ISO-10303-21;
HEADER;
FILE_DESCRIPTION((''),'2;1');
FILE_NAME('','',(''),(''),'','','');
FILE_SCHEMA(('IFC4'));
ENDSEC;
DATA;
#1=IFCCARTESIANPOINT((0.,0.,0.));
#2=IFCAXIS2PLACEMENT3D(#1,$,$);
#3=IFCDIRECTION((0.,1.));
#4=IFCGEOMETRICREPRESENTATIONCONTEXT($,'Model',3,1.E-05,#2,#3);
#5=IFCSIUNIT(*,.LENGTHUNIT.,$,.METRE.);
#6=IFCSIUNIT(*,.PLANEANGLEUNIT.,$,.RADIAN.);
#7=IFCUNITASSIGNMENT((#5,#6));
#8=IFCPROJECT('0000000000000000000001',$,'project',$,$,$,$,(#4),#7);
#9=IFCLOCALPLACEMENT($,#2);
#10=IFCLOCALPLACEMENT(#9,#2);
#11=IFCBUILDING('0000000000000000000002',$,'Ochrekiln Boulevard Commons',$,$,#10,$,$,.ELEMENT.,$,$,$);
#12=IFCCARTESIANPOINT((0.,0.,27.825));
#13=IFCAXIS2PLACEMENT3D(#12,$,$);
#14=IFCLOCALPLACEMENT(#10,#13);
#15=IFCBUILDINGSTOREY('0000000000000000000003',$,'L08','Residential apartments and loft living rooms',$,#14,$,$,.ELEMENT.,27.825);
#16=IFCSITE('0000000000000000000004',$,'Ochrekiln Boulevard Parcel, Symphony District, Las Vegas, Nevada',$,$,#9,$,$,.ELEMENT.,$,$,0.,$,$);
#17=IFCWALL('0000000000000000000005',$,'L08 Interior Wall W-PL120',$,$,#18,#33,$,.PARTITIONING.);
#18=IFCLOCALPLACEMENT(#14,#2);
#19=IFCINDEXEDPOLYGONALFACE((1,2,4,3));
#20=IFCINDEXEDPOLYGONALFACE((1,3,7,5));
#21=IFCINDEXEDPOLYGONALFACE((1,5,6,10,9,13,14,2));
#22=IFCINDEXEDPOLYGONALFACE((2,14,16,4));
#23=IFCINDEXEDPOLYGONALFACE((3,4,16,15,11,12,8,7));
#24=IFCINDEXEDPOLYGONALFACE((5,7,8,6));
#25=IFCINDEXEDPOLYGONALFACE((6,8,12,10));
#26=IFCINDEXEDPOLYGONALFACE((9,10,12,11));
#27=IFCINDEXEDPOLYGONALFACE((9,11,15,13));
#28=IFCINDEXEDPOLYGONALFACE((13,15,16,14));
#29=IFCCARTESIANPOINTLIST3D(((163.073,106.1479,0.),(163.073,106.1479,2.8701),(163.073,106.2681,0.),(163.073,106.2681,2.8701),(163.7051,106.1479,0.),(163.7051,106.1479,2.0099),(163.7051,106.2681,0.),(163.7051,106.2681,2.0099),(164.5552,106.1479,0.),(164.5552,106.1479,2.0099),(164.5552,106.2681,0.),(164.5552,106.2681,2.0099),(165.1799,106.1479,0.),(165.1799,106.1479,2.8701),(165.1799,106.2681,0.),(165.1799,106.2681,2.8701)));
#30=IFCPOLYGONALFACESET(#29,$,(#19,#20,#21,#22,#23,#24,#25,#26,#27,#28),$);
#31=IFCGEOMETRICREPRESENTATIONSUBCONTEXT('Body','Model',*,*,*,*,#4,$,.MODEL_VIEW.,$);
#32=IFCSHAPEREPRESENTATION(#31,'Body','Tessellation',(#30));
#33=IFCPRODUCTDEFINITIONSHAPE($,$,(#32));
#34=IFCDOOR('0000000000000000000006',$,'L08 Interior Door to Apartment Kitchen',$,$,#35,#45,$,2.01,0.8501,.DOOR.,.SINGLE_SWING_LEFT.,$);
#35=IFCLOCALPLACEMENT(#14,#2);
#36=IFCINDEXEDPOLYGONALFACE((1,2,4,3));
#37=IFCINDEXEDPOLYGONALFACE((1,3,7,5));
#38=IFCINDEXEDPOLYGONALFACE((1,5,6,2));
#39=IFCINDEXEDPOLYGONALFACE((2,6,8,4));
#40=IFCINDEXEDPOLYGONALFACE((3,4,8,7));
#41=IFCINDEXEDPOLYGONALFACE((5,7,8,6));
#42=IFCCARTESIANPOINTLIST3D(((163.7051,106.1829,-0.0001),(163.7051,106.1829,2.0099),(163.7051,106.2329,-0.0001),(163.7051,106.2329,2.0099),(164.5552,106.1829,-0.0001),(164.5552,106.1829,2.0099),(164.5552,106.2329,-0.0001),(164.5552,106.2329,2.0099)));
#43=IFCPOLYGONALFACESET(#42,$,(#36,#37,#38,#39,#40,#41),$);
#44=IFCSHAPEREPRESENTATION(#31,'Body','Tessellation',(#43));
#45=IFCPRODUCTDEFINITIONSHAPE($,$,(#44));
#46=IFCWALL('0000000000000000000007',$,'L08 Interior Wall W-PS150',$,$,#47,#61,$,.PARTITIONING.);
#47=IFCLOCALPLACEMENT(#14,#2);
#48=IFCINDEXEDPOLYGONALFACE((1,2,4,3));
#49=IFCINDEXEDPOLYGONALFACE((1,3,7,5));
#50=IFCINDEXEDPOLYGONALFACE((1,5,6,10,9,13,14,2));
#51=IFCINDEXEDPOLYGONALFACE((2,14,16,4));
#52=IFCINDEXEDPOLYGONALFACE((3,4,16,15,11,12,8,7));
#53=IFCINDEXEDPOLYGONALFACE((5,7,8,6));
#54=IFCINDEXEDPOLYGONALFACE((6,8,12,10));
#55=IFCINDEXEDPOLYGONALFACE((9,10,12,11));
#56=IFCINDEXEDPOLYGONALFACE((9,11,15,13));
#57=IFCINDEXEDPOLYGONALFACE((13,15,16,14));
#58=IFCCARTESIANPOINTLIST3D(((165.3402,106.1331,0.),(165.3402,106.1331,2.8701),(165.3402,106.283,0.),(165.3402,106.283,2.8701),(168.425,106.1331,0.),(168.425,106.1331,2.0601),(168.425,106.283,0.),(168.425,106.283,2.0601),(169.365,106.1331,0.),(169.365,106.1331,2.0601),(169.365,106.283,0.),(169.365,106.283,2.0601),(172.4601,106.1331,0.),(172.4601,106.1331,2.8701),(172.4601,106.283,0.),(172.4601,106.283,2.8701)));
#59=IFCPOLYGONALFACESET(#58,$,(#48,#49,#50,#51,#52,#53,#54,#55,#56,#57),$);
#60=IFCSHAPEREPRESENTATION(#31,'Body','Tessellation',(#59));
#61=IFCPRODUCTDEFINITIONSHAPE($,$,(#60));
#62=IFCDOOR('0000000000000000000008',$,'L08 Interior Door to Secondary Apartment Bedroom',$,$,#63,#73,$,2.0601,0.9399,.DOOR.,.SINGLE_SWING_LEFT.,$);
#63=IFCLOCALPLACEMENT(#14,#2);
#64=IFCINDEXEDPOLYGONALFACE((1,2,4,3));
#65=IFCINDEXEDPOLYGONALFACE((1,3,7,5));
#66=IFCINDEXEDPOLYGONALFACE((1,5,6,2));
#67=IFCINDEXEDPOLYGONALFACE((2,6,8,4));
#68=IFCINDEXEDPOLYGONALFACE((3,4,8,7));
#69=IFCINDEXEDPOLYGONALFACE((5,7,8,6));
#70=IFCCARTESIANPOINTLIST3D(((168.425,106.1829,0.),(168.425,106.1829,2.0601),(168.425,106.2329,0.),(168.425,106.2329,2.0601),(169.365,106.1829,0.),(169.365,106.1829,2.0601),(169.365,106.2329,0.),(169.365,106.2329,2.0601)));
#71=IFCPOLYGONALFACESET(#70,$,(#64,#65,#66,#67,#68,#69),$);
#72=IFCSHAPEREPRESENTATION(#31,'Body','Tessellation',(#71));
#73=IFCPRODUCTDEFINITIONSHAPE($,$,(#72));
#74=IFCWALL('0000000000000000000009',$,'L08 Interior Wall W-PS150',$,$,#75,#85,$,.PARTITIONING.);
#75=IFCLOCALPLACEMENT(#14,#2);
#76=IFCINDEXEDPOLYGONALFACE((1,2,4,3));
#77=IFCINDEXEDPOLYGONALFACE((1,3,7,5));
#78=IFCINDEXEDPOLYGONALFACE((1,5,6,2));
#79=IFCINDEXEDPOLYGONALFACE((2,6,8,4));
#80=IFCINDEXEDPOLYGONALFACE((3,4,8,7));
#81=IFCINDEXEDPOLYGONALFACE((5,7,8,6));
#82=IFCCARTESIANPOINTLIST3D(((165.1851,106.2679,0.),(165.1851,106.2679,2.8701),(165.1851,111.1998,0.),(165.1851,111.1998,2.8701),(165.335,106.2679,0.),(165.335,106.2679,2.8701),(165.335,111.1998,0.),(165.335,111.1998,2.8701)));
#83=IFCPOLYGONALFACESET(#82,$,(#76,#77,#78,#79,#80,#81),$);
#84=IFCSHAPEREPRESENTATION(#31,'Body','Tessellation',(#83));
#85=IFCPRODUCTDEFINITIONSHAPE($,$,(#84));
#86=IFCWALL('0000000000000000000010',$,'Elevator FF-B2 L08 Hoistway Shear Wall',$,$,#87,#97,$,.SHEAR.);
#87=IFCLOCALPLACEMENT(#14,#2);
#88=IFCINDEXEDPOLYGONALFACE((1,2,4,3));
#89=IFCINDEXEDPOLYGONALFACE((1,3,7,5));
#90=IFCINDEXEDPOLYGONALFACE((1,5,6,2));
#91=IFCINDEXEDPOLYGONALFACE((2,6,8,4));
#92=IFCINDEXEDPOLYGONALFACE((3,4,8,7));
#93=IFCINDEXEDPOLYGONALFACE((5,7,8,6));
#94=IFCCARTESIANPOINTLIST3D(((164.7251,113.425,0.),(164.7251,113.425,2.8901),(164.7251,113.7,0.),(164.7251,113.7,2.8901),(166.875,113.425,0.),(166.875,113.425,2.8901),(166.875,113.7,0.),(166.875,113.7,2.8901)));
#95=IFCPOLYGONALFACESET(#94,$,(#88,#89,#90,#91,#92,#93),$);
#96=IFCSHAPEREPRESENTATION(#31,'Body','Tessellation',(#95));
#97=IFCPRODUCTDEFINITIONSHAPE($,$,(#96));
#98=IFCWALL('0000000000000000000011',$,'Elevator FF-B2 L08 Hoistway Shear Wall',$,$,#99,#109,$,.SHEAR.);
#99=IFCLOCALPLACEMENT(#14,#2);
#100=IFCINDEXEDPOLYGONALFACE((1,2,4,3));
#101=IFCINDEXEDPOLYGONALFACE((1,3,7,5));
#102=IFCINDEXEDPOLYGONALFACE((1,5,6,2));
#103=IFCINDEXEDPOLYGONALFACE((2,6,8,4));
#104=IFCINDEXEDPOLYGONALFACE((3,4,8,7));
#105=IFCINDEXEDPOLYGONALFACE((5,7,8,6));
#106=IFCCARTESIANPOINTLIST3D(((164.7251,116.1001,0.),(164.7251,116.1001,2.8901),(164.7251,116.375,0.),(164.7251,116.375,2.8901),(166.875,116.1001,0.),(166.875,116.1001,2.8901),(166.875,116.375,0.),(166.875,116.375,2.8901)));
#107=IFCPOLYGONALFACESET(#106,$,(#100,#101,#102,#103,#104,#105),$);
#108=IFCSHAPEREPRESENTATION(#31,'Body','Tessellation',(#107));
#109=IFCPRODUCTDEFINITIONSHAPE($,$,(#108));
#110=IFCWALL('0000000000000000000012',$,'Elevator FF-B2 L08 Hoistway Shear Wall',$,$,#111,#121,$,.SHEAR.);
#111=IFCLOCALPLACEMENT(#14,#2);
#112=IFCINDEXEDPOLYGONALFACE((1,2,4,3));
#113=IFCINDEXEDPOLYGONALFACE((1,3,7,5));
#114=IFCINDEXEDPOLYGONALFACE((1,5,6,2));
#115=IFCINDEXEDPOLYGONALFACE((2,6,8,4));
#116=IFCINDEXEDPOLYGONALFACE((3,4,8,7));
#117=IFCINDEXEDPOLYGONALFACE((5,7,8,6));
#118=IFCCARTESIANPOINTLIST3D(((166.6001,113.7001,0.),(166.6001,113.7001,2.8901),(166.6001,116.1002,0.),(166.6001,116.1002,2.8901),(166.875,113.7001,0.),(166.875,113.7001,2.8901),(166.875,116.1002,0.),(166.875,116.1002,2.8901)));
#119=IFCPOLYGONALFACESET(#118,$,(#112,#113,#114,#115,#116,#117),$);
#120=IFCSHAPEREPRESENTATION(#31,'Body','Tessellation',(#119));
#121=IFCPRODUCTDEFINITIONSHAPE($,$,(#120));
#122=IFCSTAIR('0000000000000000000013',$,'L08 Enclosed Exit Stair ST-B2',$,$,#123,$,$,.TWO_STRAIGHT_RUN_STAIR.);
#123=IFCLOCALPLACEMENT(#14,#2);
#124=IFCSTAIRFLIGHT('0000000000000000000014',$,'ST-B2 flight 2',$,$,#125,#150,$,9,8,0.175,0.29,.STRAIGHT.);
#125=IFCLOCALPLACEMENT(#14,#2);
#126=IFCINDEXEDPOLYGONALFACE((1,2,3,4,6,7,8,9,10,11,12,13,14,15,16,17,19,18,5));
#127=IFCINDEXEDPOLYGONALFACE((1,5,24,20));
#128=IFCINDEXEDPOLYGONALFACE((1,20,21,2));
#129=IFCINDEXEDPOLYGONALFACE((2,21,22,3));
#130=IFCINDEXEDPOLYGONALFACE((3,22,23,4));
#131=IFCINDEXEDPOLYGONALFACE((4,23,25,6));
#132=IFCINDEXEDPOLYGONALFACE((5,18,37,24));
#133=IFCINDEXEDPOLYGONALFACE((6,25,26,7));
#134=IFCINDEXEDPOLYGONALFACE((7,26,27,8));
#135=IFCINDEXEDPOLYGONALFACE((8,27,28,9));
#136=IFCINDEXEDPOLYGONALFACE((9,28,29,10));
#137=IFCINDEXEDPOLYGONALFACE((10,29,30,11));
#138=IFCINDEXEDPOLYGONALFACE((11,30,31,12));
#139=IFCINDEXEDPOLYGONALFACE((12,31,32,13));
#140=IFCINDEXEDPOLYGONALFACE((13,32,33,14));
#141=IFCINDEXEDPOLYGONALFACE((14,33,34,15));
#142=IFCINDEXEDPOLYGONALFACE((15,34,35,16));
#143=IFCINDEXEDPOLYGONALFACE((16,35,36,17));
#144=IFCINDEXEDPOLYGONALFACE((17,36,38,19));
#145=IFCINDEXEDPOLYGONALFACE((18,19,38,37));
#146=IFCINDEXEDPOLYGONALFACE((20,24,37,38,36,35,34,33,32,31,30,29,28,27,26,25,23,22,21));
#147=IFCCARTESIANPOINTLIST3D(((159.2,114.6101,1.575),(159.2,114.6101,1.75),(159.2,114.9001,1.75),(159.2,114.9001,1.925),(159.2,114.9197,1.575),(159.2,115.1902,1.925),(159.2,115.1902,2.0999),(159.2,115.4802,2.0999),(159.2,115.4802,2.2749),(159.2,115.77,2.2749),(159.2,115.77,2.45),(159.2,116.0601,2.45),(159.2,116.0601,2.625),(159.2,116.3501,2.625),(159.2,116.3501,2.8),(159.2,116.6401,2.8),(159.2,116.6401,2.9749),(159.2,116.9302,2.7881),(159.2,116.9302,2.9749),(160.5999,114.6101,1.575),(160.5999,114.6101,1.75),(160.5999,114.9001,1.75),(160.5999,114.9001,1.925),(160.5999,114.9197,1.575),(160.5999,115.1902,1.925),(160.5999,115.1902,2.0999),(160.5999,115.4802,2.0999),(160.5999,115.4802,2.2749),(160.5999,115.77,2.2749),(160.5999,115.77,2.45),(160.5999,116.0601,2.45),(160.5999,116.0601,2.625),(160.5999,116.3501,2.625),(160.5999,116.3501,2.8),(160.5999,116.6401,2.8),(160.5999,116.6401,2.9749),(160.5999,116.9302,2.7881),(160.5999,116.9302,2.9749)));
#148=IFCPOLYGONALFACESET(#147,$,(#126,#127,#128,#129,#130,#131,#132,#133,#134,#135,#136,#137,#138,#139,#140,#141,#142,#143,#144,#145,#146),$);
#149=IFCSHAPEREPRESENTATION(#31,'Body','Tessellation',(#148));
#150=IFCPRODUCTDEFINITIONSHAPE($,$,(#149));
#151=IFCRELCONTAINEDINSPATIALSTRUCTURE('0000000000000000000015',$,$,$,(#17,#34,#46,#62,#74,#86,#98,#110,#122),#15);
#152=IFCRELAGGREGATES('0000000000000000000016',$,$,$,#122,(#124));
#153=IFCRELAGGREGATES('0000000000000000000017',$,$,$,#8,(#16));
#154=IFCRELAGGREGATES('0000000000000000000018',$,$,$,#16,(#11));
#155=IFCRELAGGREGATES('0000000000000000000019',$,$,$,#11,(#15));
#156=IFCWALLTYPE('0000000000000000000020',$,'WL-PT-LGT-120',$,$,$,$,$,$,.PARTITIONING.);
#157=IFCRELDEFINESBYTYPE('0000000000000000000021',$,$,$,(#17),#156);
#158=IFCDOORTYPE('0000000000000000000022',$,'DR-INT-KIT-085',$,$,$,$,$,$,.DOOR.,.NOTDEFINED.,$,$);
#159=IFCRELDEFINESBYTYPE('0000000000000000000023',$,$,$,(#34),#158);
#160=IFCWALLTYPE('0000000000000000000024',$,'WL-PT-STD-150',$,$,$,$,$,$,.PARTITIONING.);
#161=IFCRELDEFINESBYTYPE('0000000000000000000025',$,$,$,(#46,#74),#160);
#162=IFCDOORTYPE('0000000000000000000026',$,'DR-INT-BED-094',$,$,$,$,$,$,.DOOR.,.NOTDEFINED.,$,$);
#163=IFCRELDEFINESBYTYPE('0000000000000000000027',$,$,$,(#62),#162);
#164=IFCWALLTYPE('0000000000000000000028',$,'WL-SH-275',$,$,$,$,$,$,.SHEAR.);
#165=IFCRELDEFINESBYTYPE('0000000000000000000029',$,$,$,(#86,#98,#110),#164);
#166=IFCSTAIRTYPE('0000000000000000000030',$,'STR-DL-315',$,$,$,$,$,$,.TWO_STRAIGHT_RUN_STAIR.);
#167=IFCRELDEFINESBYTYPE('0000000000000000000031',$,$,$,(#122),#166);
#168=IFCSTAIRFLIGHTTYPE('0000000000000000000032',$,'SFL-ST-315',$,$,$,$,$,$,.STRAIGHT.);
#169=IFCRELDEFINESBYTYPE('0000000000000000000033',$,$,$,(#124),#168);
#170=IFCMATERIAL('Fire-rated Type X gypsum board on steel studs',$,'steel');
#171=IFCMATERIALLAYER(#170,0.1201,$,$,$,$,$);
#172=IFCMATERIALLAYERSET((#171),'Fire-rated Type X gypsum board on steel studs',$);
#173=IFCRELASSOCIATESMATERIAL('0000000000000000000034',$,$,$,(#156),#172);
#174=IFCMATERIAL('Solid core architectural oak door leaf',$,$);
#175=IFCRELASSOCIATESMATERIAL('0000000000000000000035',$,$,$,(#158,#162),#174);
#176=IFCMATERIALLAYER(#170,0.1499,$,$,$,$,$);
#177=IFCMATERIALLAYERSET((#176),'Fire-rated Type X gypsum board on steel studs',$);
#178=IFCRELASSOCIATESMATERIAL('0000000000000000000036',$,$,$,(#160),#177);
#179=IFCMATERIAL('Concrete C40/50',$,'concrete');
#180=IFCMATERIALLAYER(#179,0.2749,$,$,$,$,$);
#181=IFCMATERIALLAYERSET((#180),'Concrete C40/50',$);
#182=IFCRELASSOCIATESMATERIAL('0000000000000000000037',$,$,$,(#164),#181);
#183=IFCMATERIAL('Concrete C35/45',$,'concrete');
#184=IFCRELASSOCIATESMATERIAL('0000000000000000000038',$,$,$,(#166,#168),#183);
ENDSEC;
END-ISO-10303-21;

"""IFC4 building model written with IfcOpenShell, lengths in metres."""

from ifc_helpers import new_model, si_unit, direction, frame, frame_2d, origin, place, context, subcontext, project, spatial, polyline, rectangle, outline, extrude, material, layer, layer_set, type_object, element, fill, aggregate, save


model = new_model("IFC4")

# Units and contexts
model_context = context("Model", 3, precision=1e-05, world=origin(), true_north=direction((0.0, 1.0)))
body_context = subcontext(model_context, "Body", "Model", "MODEL_VIEW")
ifc_project = project(units=[si_unit("LENGTHUNIT", "METRE"), si_unit("PLANEANGLEUNIT", "RADIAN")], contexts=[model_context])

# Site, building, storey
site_placement = place(None, origin())
site = spatial("IfcSite", under=ifc_project, at=site_placement, Name="Ochrekiln Boulevard Parcel, Symphony District, Las Vegas, Nevada", CompositionType="ELEMENT", RefElevation=0.0)
building_placement = place(site_placement, origin())
building = spatial("IfcBuilding", under=site, at=building_placement, Name="Ochrekiln Boulevard Commons", CompositionType="ELEMENT")
storey_placement = place(building_placement, frame((0.0, 0.0, 27.825)))
storey = spatial("IfcBuildingStorey", under=building, at=storey_placement, Name="L08", Description="Residential apartments and loft living rooms", CompositionType="ELEMENT", Elevation=27.825)

# Shared definitions
ifc_material_1 = material(Name="Concrete C35/45", Category="concrete")
ifc_material_2 = material(Name="Concrete C40/50", Category="concrete")

# Shared definitions
ifc_material_3 = material(Name="Fire-rated Type X gypsum board on steel studs", Category="steel")

# Walls, openings, doors
ifc_layer_1 = layer(ifc_material_3, 0.1201)
ifc_layer_set_1 = layer_set([ifc_layer_1], Name="Fire-rated Type X gypsum board on steel studs")
wall_type_1 = type_object("IfcWallType", Name="WL-PT-LGT-120", PredefinedType="PARTITIONING", material=ifc_layer_set_1)
wall_1_placement = place(storey_placement, frame((163.073, 106.208, 0.0), z_axis=(0.0, 0.0, 1.0), x_axis=(1.0, 0.0, 0.0)))
wall_1 = element("IfcWall", 1, at=wall_1_placement, inside=storey, type_object=wall_type_1, Name="L08 Interior Wall W-PL120", PredefinedType="PARTITIONING", context=body_context, shape_type="SweptSolid", body=[
    extrude(rectangle(XDim=2.1069, YDim=0.1201, at=frame_2d((1.0535, 0.0))), origin(), (0.0, 0.0, 1.0), 2.8701),
])
opening_1_placement = place(wall_1_placement, frame((0.6321, 0.0, 0.0)))
opening_1 = element("IfcOpeningElement", 2, at=opening_1_placement, cuts=wall_1, PredefinedType="OPENING", context=body_context, shape_type="SweptSolid", body=[
    extrude(rectangle(XDim=0.8501, YDim=2.01, at=frame_2d((0.425, 1.0049))), frame((0.0, 0.0701, 0.0), z_axis=(0.0, -1.0, 0.0), x_axis=(1.0, 0.0, 0.0)), (0.0, 0.0, 1.0), 0.1401),
])
ifc_material_4 = material(Name="Solid core architectural oak door leaf")
door_type_1 = type_object("IfcDoorType", Name="DR-INT-KIT-085", OperationType="NOTDEFINED", PredefinedType="DOOR", material=ifc_material_4)
door_1_placement = place(opening_1_placement, origin())
door_1 = element("IfcDoor", 3, at=door_1_placement, inside=storey, type_object=door_type_1, Name="L08 Interior Door to Apartment Kitchen", OperationType="SINGLE_SWING_LEFT", OverallHeight=2.01, OverallWidth=0.8501, PredefinedType="DOOR", context=body_context, shape_type="SweptSolid", body=[
    extrude(rectangle(XDim=0.8501, YDim=2.01, at=frame_2d((0.425, 1.0049))), frame((0.0, 0.0249, 0.0), z_axis=(0.0, -1.0, 0.0), x_axis=(1.0, 0.0, 0.0)), (0.0, 0.0, 1.0), 0.05),
])
fill(opening_1, door_1)
ifc_layer_2 = layer(ifc_material_3, 0.1499)
ifc_layer_set_2 = layer_set([ifc_layer_2], Name="Fire-rated Type X gypsum board on steel studs")
wall_type_2 = type_object("IfcWallType", Name="WL-PT-STD-150", PredefinedType="PARTITIONING", material=ifc_layer_set_2)
wall_2_placement = place(storey_placement, frame((165.3401, 106.208, 0.0), z_axis=(0.0, 0.0, 1.0), x_axis=(1.0, 0.0, 0.0)))
wall_2 = element("IfcWall", 4, at=wall_2_placement, inside=storey, type_object=wall_type_2, Name="L08 Interior Wall W-PS150", PredefinedType="PARTITIONING", context=body_context, shape_type="SweptSolid", body=[
    extrude(rectangle(XDim=7.1199, YDim=0.1499, at=frame_2d((3.5601, 0.0))), origin(), (0.0, 0.0, 1.0), 2.8701),
])
opening_2_placement = place(wall_2_placement, frame((3.085, 0.0, 0.0)))
opening_2 = element("IfcOpeningElement", 5, at=opening_2_placement, cuts=wall_2, PredefinedType="OPENING", context=body_context, shape_type="SweptSolid", body=[
    extrude(rectangle(XDim=0.9399, YDim=2.0601, at=frame_2d((0.47, 1.03))), frame((0.0, 0.085, 0.0), z_axis=(0.0, -1.0, 0.0), x_axis=(1.0, 0.0, 0.0)), (0.0, 0.0, 1.0), 0.1699),
])
door_type_2 = type_object("IfcDoorType", Name="DR-INT-BED-094", OperationType="NOTDEFINED", PredefinedType="DOOR", material=ifc_material_4)
door_2_placement = place(opening_2_placement, origin())
door_2 = element("IfcDoor", 6, at=door_2_placement, inside=storey, type_object=door_type_2, Name="L08 Interior Door to Secondary Apartment Bedroom", OperationType="SINGLE_SWING_LEFT", OverallHeight=2.0601, OverallWidth=0.9399, PredefinedType="DOOR", context=body_context, shape_type="SweptSolid", body=[
    extrude(rectangle(XDim=0.9399, YDim=2.0601, at=frame_2d((0.47, 1.03))), frame((0.0, 0.0249, 0.0), z_axis=(0.0, -1.0, 0.0), x_axis=(1.0, 0.0, 0.0)), (0.0, 0.0, 1.0), 0.05),
])
fill(opening_2, door_2)

# Walls
wall_3_placement = place(storey_placement, frame((165.26, 106.2681, 0.0), z_axis=(0.0, 0.0, 1.0), x_axis=(0.0, 1.0, 0.0)))
element("IfcWall", 7, at=wall_3_placement, inside=storey, type_object=wall_type_2, Name="L08 Interior Wall W-PS150", PredefinedType="PARTITIONING", context=body_context, shape_type="SweptSolid", body=[
    extrude(rectangle(XDim=4.9319, YDim=0.1499, at=frame_2d((2.4658, 0.0))), origin(), (0.0, 0.0, 1.0), 2.8701),
])
ifc_layer_3 = layer(ifc_material_2, 0.2749)
ifc_layer_set_3 = layer_set([ifc_layer_3], Name="Concrete C40/50")
wall_type_3 = type_object("IfcWallType", Name="WL-SH-275", PredefinedType="SHEAR", material=ifc_layer_set_3)
for number, where, z_axis, x_axis, name in (
    (8, (164.7251, 113.5625, 0.0), (0.0, 0.0, 1.0), (1.0, 0.0, 0.0), "Elevator FF-B2 L08 Hoistway Shear Wall"),
    (9, (164.7251, 116.2375, 0.0), (0.0, 0.0, 1.0), (1.0, 0.0, 0.0), "Elevator FF-B2 L08 Hoistway Shear Wall"),
):
    element("IfcWall", number, at=place(storey_placement, frame(where, z_axis=z_axis, x_axis=x_axis)), inside=storey, type_object=wall_type_3, Name=name, PredefinedType="SHEAR", context=body_context, shape_type="SweptSolid", body=[
        extrude(rectangle(XDim=2.1499, YDim=0.2749, at=frame_2d((1.075, 0.0))), origin(), (0.0, 0.0, 1.0), 2.8901),
    ])

# Wall
wall_4_placement = place(storey_placement, frame((166.7375, 113.7, 0.0), z_axis=(0.0, 0.0, 1.0), x_axis=(0.0, 1.0, 0.0)))
element("IfcWall", 10, at=wall_4_placement, inside=storey, type_object=wall_type_3, Name="Elevator FF-B2 L08 Hoistway Shear Wall", PredefinedType="SHEAR", context=body_context, shape_type="SweptSolid", body=[
    extrude(rectangle(XDim=2.4001, YDim=0.2749, at=frame_2d((1.2002, 0.0))), origin(), (0.0, 0.0, 1.0), 2.8901),
])

# Stair, stair flight
stair_type = type_object("IfcStairType", Name="STR-DL-315", PredefinedType="TWO_STRAIGHT_RUN_STAIR", material=ifc_material_1)
stair_placement = place(storey_placement, origin())
stair = element("IfcStair", 11, at=stair_placement, inside=storey, type_object=stair_type, Name="L08 Enclosed Exit Stair ST-B2", PredefinedType="TWO_STRAIGHT_RUN_STAIR")
stair_flight_type = type_object("IfcStairFlightType", Name="SFL-ST-315", PredefinedType="STRAIGHT", material=ifc_material_1)
stair_flight_placement = place(storey_placement, frame((159.8999, 114.6101, 1.575), z_axis=(0.0, 0.0, 1.0), x_axis=(0.0, 1.0, 0.0)))
stair_flight = element("IfcStairFlight", 12, at=stair_flight_placement, type_object=stair_flight_type, Name="ST-B2 flight 2", NumberOfRisers=9, NumberOfTreads=8, PredefinedType="STRAIGHT", RiserHeight=0.175, TreadLength=0.29, context=body_context, shape_type="SweptSolid", body=[
    extrude(outline(polyline([(0.0, 0.0), (0.0, 0.175), (0.29, 0.175), (0.29, 0.3501), (0.5801, 0.3501), (0.5801, 0.5249), (0.8701, 0.5249), (0.8701, 0.7), (1.1599, 0.7), (1.1599, 0.875), (1.45, 0.875), (1.45, 1.05), (1.74, 1.05), (1.74, 1.2251), (2.03, 1.2251), (2.03, 1.3999), (2.3201, 1.3999), (2.3201, 1.575), (2.3201, 1.2131), (0.3096, 0.0), (0.0, 0.0)])), frame((0.0, 0.7, 0.0), z_axis=(0.0, -1.0, 0.0), x_axis=(1.0, 0.0, 0.0)), (0.0, 0.0, 1.0), 1.3999),
])
aggregate(stair, [stair_flight])

save(model, "model.ifc")
